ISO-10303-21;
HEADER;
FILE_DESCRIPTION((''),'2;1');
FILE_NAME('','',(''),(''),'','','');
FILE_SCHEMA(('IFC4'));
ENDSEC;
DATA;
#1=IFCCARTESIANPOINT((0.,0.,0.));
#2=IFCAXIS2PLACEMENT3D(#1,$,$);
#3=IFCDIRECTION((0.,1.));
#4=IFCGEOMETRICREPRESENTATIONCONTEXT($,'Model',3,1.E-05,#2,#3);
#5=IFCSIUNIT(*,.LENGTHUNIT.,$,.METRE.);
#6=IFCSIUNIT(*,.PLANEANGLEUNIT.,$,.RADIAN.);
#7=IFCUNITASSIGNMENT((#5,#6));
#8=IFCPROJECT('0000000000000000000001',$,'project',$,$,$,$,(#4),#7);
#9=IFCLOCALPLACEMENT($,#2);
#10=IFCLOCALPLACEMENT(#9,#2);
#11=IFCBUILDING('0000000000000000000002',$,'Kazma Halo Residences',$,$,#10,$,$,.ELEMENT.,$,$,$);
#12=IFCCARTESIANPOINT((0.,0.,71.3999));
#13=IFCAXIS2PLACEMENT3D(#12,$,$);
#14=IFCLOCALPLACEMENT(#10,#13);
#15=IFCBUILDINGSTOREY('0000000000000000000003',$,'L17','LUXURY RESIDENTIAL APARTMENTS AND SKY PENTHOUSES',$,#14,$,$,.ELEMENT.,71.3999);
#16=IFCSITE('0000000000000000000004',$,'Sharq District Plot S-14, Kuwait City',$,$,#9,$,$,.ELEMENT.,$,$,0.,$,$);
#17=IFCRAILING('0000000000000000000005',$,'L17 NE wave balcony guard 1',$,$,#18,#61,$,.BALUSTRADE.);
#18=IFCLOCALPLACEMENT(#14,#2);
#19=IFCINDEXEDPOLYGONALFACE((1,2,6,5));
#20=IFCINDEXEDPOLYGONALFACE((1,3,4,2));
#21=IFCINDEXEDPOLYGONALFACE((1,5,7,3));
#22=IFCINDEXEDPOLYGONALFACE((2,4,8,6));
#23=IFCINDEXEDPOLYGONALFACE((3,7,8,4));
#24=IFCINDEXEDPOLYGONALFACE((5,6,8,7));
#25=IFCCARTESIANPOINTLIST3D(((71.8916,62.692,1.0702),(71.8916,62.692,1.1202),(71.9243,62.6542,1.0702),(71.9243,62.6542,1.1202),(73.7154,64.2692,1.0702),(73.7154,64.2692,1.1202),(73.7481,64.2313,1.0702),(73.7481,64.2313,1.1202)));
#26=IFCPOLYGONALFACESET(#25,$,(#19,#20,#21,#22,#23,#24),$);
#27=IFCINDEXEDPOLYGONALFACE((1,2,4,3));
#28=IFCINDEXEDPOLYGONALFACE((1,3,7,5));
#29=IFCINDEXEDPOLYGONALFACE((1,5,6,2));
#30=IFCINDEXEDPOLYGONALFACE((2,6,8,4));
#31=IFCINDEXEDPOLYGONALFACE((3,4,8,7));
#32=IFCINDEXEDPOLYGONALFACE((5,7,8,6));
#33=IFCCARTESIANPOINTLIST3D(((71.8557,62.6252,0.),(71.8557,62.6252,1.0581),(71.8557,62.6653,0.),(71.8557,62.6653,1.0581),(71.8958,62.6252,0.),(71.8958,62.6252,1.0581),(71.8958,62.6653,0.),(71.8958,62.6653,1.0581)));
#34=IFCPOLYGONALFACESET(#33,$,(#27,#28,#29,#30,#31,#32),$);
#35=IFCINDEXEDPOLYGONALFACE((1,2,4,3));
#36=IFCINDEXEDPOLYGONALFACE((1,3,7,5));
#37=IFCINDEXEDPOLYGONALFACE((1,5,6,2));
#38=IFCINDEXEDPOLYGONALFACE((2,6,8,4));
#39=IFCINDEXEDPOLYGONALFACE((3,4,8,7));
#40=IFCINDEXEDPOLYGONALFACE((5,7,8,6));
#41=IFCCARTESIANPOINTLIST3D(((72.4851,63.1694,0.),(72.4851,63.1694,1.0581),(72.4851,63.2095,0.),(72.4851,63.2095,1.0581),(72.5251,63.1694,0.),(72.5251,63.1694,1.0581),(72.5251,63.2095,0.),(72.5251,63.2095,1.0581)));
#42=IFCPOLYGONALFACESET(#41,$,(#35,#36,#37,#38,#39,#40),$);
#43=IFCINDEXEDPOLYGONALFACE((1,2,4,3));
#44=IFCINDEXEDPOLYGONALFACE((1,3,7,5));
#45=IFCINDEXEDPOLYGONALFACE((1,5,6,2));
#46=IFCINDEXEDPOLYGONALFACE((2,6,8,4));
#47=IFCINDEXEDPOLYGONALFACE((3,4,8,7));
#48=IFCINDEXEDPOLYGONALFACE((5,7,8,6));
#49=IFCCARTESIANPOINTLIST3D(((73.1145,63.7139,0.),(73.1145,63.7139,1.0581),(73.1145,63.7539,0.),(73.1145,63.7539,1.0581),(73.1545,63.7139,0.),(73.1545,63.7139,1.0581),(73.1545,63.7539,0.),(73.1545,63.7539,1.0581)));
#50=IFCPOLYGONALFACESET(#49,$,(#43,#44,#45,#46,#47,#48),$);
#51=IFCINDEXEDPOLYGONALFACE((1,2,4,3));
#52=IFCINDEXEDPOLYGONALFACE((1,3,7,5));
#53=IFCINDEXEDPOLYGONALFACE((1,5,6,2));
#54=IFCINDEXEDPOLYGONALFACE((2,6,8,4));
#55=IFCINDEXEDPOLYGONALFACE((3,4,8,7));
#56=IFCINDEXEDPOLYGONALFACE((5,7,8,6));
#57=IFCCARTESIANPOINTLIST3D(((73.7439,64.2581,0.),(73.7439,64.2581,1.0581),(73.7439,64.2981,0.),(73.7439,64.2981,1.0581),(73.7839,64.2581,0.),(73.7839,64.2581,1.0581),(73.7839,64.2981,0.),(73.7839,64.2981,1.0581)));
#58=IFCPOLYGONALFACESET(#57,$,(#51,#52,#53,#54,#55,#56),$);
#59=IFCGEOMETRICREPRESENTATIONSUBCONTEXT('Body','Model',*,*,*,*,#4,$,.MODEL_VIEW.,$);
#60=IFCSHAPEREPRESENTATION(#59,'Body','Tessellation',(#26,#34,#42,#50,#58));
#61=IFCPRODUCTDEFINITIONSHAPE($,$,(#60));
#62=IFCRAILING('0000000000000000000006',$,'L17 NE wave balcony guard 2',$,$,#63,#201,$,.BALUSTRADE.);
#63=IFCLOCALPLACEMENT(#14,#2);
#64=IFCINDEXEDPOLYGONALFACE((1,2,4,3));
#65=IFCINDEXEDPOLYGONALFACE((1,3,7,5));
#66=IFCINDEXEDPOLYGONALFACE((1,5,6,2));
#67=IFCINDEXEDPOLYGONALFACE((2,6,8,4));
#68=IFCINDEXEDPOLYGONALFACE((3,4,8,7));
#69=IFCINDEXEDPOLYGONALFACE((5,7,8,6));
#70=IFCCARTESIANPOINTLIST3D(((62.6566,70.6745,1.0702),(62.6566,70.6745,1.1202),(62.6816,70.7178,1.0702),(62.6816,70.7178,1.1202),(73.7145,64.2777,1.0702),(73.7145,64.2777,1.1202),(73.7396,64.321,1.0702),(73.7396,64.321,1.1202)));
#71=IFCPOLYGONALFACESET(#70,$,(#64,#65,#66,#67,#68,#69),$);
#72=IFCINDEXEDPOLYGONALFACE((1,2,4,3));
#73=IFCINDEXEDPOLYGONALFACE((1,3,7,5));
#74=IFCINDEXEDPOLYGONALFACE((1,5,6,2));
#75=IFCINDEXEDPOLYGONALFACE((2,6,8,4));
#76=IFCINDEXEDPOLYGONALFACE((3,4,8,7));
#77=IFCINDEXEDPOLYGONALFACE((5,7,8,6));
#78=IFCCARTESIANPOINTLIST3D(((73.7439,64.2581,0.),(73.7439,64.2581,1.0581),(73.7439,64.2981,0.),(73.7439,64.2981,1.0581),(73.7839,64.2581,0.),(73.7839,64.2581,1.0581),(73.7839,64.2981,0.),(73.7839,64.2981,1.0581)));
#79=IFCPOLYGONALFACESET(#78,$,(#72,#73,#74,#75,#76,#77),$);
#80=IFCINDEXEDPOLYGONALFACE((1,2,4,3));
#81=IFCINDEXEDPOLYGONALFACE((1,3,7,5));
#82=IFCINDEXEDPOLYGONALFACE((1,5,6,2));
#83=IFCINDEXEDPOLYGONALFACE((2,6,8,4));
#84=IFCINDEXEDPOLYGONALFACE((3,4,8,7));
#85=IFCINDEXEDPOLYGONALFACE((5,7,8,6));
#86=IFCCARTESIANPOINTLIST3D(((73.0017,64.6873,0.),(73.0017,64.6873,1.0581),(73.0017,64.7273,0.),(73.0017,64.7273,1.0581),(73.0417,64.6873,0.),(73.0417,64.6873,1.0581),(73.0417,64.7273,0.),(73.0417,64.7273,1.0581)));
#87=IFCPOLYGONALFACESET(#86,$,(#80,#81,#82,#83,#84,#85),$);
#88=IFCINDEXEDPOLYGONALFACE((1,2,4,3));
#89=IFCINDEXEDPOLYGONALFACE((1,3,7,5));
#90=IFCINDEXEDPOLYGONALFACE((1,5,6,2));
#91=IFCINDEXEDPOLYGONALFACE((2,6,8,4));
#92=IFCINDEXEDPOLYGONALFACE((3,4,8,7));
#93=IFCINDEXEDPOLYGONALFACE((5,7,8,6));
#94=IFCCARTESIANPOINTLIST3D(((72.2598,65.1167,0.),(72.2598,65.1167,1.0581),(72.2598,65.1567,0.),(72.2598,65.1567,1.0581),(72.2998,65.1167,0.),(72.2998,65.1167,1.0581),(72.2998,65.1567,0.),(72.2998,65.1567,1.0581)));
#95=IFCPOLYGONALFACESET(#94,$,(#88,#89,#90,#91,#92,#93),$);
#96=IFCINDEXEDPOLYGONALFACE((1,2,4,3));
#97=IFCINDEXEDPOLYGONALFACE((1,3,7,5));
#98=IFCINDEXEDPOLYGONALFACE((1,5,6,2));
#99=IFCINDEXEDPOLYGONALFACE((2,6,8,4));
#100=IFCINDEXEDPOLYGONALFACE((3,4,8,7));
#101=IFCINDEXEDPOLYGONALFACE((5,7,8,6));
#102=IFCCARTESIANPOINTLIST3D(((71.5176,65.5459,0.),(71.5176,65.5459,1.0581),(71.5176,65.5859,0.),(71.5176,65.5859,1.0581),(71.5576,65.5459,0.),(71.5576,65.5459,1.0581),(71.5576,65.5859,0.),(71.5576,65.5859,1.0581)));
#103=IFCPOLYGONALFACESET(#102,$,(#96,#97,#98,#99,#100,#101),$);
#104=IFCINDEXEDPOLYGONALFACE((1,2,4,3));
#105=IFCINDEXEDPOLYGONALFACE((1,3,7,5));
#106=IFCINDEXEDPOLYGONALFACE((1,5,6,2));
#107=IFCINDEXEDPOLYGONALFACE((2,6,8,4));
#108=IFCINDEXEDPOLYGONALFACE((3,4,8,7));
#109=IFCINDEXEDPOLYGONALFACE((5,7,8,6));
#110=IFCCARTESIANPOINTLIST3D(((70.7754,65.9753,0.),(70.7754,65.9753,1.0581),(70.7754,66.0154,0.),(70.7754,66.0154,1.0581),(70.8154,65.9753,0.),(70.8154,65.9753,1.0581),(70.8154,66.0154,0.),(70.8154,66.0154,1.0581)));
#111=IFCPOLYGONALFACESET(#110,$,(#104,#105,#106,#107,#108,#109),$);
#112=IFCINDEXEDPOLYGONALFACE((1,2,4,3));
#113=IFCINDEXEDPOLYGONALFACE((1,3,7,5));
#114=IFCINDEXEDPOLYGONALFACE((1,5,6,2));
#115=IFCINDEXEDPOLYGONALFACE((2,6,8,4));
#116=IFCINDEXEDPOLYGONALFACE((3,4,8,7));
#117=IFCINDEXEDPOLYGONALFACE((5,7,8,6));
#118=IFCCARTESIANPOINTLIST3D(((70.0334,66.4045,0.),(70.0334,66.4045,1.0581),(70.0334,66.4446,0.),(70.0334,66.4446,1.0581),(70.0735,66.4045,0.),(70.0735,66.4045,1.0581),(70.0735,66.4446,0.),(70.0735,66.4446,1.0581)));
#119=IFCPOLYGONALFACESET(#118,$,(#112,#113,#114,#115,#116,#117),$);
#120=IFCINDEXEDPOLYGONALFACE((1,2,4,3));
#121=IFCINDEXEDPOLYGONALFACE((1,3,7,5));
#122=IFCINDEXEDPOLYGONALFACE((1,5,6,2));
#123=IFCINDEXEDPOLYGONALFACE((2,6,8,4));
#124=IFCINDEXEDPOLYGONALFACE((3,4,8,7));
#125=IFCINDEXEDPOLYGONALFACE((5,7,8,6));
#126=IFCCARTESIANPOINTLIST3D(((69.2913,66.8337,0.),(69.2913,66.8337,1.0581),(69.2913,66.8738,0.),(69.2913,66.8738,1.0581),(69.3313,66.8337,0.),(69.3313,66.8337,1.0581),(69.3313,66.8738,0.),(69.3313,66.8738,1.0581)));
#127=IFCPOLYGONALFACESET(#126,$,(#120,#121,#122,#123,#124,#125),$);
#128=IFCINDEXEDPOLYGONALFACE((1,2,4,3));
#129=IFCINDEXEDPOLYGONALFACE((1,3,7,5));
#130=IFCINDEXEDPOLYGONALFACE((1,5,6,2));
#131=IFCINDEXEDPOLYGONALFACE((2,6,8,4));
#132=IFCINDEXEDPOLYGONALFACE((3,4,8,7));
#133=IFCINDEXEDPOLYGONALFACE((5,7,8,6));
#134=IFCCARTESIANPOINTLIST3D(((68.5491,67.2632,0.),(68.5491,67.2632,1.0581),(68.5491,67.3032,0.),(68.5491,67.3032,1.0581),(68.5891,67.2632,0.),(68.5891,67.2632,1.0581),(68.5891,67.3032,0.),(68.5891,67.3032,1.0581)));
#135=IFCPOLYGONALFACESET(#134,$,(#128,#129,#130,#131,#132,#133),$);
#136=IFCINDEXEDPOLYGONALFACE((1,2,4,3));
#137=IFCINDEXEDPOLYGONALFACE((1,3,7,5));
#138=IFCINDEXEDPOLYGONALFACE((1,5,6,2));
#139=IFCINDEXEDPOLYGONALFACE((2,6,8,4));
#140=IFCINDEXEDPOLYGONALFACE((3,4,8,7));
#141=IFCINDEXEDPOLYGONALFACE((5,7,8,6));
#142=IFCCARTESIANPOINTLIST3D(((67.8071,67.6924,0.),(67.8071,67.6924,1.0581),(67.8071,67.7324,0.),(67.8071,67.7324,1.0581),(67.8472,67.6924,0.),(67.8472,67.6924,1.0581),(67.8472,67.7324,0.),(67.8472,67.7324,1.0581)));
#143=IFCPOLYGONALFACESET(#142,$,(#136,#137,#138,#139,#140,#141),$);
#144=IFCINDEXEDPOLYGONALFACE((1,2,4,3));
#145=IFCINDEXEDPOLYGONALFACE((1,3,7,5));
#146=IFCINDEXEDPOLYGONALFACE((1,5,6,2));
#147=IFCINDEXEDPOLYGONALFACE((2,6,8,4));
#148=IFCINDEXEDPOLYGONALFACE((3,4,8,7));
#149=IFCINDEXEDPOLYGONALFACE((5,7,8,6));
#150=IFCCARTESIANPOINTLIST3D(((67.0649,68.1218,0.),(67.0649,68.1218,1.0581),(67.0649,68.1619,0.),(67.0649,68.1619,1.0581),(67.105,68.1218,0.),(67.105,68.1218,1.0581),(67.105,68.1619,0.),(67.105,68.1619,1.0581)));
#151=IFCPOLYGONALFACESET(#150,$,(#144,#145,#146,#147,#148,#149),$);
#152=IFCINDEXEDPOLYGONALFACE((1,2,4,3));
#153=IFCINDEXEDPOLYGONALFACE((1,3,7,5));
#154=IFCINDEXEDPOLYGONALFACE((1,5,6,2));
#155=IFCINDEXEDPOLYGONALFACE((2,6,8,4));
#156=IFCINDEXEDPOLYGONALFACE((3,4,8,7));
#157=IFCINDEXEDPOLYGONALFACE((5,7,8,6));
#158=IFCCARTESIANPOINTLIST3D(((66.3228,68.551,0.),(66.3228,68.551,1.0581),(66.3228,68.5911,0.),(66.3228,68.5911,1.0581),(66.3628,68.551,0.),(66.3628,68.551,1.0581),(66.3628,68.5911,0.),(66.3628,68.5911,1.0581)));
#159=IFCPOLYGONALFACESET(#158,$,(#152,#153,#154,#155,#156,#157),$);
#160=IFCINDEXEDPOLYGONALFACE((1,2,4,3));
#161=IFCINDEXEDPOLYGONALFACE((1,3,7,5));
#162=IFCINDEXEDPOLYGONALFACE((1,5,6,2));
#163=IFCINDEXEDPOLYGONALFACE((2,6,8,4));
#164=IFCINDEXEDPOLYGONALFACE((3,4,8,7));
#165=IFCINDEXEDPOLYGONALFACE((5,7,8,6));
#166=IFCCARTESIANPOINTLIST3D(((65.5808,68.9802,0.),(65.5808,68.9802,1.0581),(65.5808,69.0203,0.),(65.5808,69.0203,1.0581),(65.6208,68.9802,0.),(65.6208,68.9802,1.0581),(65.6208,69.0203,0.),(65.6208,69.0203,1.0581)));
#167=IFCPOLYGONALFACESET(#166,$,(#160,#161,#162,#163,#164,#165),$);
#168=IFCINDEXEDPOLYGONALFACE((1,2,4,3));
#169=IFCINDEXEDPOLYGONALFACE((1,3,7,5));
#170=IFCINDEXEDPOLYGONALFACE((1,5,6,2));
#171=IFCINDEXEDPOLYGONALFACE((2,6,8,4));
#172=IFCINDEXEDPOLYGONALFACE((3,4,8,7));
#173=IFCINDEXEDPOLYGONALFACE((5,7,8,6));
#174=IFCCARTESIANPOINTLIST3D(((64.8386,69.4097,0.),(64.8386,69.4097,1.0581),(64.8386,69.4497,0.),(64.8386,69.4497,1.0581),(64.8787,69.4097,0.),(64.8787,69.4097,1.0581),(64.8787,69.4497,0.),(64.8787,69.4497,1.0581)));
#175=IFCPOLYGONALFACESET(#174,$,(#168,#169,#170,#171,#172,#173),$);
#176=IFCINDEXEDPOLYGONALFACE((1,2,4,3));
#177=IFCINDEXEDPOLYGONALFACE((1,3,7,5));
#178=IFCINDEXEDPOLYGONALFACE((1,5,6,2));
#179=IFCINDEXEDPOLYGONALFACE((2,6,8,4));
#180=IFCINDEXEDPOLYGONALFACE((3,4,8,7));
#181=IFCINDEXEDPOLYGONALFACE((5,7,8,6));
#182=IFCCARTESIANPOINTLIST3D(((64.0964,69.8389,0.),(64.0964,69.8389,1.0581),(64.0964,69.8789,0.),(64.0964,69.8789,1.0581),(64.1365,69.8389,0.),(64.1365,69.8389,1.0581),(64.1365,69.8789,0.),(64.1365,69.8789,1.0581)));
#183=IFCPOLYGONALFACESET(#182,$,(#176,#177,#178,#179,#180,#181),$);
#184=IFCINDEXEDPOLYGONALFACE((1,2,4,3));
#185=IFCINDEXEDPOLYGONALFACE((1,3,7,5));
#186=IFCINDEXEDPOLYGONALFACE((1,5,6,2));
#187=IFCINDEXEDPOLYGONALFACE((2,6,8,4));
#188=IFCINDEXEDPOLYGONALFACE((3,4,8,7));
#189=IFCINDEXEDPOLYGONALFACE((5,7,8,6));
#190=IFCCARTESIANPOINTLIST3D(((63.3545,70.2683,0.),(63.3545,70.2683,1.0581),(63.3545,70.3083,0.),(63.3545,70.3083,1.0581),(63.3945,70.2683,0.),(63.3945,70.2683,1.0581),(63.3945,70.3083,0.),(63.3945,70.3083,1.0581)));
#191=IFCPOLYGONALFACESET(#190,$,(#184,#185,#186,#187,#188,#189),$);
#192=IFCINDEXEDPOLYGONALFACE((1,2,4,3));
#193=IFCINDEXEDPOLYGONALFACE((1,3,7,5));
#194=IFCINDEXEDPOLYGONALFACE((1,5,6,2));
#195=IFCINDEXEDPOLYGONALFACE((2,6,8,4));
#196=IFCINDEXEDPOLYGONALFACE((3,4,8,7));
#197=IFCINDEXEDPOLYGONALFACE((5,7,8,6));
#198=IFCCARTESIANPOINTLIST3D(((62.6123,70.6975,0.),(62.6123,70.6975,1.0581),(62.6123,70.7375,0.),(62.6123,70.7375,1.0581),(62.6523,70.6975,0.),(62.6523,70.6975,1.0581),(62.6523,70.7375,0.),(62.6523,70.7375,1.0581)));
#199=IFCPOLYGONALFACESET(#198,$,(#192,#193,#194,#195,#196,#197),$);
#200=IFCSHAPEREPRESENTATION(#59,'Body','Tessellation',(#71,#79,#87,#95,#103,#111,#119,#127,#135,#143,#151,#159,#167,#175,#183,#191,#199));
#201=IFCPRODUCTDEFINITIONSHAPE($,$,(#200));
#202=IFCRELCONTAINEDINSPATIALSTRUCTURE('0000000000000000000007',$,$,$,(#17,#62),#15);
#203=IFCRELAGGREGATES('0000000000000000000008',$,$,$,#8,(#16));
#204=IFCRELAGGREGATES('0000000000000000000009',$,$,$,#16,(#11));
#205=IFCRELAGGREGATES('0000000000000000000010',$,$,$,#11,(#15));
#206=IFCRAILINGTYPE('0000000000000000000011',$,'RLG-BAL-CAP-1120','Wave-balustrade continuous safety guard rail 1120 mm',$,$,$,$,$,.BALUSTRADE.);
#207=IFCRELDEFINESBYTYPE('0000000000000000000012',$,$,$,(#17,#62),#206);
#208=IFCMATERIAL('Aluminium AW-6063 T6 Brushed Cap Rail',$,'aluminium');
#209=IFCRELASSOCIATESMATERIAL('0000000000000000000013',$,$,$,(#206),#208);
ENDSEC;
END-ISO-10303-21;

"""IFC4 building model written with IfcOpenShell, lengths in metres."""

from ifc_helpers import new_model, si_unit, direction, frame, origin, origin_2d, place, context, subcontext, project, spatial, rectangle, extrude, material, type_object, element, save


model = new_model("IFC4")

# Units and contexts
model_context = context("Model", 3, precision=1e-05, world=origin(), true_north=direction((0.0, 1.0)))
body_context = subcontext(model_context, "Body", "Model", "MODEL_VIEW")
ifc_project = project(units=[si_unit("LENGTHUNIT", "METRE"), si_unit("PLANEANGLEUNIT", "RADIAN")], contexts=[model_context])

# Site, building, storey
site_placement = place(None, origin())
site = spatial("IfcSite", under=ifc_project, at=site_placement, Name="Sharq District Plot S-14, Kuwait City", CompositionType="ELEMENT", RefElevation=0.0)
building_placement = place(site_placement, origin())
building = spatial("IfcBuilding", under=site, at=building_placement, Name="Kazma Halo Residences", CompositionType="ELEMENT")
storey_placement = place(building_placement, frame((0.0, 0.0, 71.3999)))
storey = spatial("IfcBuildingStorey", under=building, at=storey_placement, Name="L17", Description="LUXURY RESIDENTIAL APARTMENTS AND SKY PENTHOUSES", CompositionType="ELEMENT", Elevation=71.3999)

# Railings
ifc_material_1 = material(Name="Aluminium AW-6063 T6 Brushed Cap Rail", Category="aluminium")
railing_type = type_object("IfcRailingType", Name="RLG-BAL-CAP-1120", Description="Wave-balustrade continuous safety guard rail 1120 mm", PredefinedType="BALUSTRADE", material=ifc_material_1)
railing_1_placement = place(storey_placement, frame((71.8757, 62.6453, 0.0)))
element("IfcRailing", 1, at=railing_1_placement, inside=storey, type_object=railing_type, Name="L17 NE wave balcony guard 1", PredefinedType="BALUSTRADE", context=body_context, shape_type="SweptSolid", body=[
    extrude(rectangle(XDim=0.05, YDim=0.05, at=origin_2d()), frame((0.0322, 0.0278, 1.0952), z_axis=(0.756405, 0.654104, 0.0), x_axis=(-0.654104, 0.756405, 0.0)), (0.0, 0.0, 1.0), 2.4111),
    extrude(rectangle(XDim=0.04, YDim=0.04, at=origin_2d()), origin(), (0.0, 0.0, 1.0), 1.0581),
    extrude(rectangle(XDim=0.04, YDim=0.04, at=origin_2d()), frame((0.6294, 0.5442, 0.0)), (0.0, 0.0, 1.0), 1.0581),
    extrude(rectangle(XDim=0.04, YDim=0.04, at=origin_2d()), frame((1.2588, 1.0886, 0.0)), (0.0, 0.0, 1.0), 1.0581),
    extrude(rectangle(XDim=0.04, YDim=0.04, at=origin_2d()), frame((1.8882, 1.6328, 0.0)), (0.0, 0.0, 1.0), 1.0581),
])
railing_2_placement = place(storey_placement, frame((73.7639, 64.2781, 0.0)))
element("IfcRailing", 2, at=railing_2_placement, inside=storey, type_object=railing_type, Name="L17 NE wave balcony guard 2", PredefinedType="BALUSTRADE", context=body_context, shape_type="SweptSolid", body=[
    extrude(rectangle(XDim=0.05, YDim=0.05, at=origin_2d()), frame((-0.0369, 0.0212, 1.0952), z_axis=(-0.8656, 0.500736, 0.0), x_axis=(-0.500736, -0.8656, 0.0)), (0.0, 0.0, 1.0), 12.7749),
    extrude(rectangle(XDim=0.04, YDim=0.04, at=origin_2d()), origin(), (0.0, 0.0, 1.0), 1.0581),
    extrude(rectangle(XDim=0.04, YDim=0.04, at=origin_2d()), frame((-0.7422, 0.4292, 0.0)), (0.0, 0.0, 1.0), 1.0581),
    extrude(rectangle(XDim=0.04, YDim=0.04, at=origin_2d()), frame((-1.4841, 0.8586, 0.0)), (0.0, 0.0, 1.0), 1.0581),
    extrude(rectangle(XDim=0.04, YDim=0.04, at=origin_2d()), frame((-2.2263, 1.2878, 0.0)), (0.0, 0.0, 1.0), 1.0581),
    extrude(rectangle(XDim=0.04, YDim=0.04, at=origin_2d()), frame((-2.9685, 1.7173, 0.0)), (0.0, 0.0, 1.0), 1.0581),
    extrude(rectangle(XDim=0.04, YDim=0.04, at=origin_2d()), frame((-3.7104, 2.1465, 0.0)), (0.0, 0.0, 1.0), 1.0581),
    extrude(rectangle(XDim=0.04, YDim=0.04, at=origin_2d()), frame((-4.4526, 2.5757, 0.0)), (0.0, 0.0, 1.0), 1.0581),
    extrude(rectangle(XDim=0.04, YDim=0.04, at=origin_2d()), frame((-5.1948, 3.0051, 0.0)), (0.0, 0.0, 1.0), 1.0581),
    extrude(rectangle(XDim=0.04, YDim=0.04, at=origin_2d()), frame((-5.9368, 3.4343, 0.0)), (0.0, 0.0, 1.0), 1.0581),
    extrude(rectangle(XDim=0.04, YDim=0.04, at=origin_2d()), frame((-6.679, 3.8638, 0.0)), (0.0, 0.0, 1.0), 1.0581),
    extrude(rectangle(XDim=0.04, YDim=0.04, at=origin_2d()), frame((-7.4211, 4.293, 0.0)), (0.0, 0.0, 1.0), 1.0581),
    extrude(rectangle(XDim=0.04, YDim=0.04, at=origin_2d()), frame((-8.1631, 4.7222, 0.0)), (0.0, 0.0, 1.0), 1.0581),
    extrude(rectangle(XDim=0.04, YDim=0.04, at=origin_2d()), frame((-8.9053, 5.1516, 0.0)), (0.0, 0.0, 1.0), 1.0581),
    extrude(rectangle(XDim=0.04, YDim=0.04, at=origin_2d()), frame((-9.6475, 5.5808, 0.0)), (0.0, 0.0, 1.0), 1.0581),
    extrude(rectangle(XDim=0.04, YDim=0.04, at=origin_2d()), frame((-10.3894, 6.0103, 0.0)), (0.0, 0.0, 1.0), 1.0581),
    extrude(rectangle(XDim=0.04, YDim=0.04, at=origin_2d()), frame((-11.1316, 6.4395, 0.0)), (0.0, 0.0, 1.0), 1.0581),
])

save(model, "model.ifc")
